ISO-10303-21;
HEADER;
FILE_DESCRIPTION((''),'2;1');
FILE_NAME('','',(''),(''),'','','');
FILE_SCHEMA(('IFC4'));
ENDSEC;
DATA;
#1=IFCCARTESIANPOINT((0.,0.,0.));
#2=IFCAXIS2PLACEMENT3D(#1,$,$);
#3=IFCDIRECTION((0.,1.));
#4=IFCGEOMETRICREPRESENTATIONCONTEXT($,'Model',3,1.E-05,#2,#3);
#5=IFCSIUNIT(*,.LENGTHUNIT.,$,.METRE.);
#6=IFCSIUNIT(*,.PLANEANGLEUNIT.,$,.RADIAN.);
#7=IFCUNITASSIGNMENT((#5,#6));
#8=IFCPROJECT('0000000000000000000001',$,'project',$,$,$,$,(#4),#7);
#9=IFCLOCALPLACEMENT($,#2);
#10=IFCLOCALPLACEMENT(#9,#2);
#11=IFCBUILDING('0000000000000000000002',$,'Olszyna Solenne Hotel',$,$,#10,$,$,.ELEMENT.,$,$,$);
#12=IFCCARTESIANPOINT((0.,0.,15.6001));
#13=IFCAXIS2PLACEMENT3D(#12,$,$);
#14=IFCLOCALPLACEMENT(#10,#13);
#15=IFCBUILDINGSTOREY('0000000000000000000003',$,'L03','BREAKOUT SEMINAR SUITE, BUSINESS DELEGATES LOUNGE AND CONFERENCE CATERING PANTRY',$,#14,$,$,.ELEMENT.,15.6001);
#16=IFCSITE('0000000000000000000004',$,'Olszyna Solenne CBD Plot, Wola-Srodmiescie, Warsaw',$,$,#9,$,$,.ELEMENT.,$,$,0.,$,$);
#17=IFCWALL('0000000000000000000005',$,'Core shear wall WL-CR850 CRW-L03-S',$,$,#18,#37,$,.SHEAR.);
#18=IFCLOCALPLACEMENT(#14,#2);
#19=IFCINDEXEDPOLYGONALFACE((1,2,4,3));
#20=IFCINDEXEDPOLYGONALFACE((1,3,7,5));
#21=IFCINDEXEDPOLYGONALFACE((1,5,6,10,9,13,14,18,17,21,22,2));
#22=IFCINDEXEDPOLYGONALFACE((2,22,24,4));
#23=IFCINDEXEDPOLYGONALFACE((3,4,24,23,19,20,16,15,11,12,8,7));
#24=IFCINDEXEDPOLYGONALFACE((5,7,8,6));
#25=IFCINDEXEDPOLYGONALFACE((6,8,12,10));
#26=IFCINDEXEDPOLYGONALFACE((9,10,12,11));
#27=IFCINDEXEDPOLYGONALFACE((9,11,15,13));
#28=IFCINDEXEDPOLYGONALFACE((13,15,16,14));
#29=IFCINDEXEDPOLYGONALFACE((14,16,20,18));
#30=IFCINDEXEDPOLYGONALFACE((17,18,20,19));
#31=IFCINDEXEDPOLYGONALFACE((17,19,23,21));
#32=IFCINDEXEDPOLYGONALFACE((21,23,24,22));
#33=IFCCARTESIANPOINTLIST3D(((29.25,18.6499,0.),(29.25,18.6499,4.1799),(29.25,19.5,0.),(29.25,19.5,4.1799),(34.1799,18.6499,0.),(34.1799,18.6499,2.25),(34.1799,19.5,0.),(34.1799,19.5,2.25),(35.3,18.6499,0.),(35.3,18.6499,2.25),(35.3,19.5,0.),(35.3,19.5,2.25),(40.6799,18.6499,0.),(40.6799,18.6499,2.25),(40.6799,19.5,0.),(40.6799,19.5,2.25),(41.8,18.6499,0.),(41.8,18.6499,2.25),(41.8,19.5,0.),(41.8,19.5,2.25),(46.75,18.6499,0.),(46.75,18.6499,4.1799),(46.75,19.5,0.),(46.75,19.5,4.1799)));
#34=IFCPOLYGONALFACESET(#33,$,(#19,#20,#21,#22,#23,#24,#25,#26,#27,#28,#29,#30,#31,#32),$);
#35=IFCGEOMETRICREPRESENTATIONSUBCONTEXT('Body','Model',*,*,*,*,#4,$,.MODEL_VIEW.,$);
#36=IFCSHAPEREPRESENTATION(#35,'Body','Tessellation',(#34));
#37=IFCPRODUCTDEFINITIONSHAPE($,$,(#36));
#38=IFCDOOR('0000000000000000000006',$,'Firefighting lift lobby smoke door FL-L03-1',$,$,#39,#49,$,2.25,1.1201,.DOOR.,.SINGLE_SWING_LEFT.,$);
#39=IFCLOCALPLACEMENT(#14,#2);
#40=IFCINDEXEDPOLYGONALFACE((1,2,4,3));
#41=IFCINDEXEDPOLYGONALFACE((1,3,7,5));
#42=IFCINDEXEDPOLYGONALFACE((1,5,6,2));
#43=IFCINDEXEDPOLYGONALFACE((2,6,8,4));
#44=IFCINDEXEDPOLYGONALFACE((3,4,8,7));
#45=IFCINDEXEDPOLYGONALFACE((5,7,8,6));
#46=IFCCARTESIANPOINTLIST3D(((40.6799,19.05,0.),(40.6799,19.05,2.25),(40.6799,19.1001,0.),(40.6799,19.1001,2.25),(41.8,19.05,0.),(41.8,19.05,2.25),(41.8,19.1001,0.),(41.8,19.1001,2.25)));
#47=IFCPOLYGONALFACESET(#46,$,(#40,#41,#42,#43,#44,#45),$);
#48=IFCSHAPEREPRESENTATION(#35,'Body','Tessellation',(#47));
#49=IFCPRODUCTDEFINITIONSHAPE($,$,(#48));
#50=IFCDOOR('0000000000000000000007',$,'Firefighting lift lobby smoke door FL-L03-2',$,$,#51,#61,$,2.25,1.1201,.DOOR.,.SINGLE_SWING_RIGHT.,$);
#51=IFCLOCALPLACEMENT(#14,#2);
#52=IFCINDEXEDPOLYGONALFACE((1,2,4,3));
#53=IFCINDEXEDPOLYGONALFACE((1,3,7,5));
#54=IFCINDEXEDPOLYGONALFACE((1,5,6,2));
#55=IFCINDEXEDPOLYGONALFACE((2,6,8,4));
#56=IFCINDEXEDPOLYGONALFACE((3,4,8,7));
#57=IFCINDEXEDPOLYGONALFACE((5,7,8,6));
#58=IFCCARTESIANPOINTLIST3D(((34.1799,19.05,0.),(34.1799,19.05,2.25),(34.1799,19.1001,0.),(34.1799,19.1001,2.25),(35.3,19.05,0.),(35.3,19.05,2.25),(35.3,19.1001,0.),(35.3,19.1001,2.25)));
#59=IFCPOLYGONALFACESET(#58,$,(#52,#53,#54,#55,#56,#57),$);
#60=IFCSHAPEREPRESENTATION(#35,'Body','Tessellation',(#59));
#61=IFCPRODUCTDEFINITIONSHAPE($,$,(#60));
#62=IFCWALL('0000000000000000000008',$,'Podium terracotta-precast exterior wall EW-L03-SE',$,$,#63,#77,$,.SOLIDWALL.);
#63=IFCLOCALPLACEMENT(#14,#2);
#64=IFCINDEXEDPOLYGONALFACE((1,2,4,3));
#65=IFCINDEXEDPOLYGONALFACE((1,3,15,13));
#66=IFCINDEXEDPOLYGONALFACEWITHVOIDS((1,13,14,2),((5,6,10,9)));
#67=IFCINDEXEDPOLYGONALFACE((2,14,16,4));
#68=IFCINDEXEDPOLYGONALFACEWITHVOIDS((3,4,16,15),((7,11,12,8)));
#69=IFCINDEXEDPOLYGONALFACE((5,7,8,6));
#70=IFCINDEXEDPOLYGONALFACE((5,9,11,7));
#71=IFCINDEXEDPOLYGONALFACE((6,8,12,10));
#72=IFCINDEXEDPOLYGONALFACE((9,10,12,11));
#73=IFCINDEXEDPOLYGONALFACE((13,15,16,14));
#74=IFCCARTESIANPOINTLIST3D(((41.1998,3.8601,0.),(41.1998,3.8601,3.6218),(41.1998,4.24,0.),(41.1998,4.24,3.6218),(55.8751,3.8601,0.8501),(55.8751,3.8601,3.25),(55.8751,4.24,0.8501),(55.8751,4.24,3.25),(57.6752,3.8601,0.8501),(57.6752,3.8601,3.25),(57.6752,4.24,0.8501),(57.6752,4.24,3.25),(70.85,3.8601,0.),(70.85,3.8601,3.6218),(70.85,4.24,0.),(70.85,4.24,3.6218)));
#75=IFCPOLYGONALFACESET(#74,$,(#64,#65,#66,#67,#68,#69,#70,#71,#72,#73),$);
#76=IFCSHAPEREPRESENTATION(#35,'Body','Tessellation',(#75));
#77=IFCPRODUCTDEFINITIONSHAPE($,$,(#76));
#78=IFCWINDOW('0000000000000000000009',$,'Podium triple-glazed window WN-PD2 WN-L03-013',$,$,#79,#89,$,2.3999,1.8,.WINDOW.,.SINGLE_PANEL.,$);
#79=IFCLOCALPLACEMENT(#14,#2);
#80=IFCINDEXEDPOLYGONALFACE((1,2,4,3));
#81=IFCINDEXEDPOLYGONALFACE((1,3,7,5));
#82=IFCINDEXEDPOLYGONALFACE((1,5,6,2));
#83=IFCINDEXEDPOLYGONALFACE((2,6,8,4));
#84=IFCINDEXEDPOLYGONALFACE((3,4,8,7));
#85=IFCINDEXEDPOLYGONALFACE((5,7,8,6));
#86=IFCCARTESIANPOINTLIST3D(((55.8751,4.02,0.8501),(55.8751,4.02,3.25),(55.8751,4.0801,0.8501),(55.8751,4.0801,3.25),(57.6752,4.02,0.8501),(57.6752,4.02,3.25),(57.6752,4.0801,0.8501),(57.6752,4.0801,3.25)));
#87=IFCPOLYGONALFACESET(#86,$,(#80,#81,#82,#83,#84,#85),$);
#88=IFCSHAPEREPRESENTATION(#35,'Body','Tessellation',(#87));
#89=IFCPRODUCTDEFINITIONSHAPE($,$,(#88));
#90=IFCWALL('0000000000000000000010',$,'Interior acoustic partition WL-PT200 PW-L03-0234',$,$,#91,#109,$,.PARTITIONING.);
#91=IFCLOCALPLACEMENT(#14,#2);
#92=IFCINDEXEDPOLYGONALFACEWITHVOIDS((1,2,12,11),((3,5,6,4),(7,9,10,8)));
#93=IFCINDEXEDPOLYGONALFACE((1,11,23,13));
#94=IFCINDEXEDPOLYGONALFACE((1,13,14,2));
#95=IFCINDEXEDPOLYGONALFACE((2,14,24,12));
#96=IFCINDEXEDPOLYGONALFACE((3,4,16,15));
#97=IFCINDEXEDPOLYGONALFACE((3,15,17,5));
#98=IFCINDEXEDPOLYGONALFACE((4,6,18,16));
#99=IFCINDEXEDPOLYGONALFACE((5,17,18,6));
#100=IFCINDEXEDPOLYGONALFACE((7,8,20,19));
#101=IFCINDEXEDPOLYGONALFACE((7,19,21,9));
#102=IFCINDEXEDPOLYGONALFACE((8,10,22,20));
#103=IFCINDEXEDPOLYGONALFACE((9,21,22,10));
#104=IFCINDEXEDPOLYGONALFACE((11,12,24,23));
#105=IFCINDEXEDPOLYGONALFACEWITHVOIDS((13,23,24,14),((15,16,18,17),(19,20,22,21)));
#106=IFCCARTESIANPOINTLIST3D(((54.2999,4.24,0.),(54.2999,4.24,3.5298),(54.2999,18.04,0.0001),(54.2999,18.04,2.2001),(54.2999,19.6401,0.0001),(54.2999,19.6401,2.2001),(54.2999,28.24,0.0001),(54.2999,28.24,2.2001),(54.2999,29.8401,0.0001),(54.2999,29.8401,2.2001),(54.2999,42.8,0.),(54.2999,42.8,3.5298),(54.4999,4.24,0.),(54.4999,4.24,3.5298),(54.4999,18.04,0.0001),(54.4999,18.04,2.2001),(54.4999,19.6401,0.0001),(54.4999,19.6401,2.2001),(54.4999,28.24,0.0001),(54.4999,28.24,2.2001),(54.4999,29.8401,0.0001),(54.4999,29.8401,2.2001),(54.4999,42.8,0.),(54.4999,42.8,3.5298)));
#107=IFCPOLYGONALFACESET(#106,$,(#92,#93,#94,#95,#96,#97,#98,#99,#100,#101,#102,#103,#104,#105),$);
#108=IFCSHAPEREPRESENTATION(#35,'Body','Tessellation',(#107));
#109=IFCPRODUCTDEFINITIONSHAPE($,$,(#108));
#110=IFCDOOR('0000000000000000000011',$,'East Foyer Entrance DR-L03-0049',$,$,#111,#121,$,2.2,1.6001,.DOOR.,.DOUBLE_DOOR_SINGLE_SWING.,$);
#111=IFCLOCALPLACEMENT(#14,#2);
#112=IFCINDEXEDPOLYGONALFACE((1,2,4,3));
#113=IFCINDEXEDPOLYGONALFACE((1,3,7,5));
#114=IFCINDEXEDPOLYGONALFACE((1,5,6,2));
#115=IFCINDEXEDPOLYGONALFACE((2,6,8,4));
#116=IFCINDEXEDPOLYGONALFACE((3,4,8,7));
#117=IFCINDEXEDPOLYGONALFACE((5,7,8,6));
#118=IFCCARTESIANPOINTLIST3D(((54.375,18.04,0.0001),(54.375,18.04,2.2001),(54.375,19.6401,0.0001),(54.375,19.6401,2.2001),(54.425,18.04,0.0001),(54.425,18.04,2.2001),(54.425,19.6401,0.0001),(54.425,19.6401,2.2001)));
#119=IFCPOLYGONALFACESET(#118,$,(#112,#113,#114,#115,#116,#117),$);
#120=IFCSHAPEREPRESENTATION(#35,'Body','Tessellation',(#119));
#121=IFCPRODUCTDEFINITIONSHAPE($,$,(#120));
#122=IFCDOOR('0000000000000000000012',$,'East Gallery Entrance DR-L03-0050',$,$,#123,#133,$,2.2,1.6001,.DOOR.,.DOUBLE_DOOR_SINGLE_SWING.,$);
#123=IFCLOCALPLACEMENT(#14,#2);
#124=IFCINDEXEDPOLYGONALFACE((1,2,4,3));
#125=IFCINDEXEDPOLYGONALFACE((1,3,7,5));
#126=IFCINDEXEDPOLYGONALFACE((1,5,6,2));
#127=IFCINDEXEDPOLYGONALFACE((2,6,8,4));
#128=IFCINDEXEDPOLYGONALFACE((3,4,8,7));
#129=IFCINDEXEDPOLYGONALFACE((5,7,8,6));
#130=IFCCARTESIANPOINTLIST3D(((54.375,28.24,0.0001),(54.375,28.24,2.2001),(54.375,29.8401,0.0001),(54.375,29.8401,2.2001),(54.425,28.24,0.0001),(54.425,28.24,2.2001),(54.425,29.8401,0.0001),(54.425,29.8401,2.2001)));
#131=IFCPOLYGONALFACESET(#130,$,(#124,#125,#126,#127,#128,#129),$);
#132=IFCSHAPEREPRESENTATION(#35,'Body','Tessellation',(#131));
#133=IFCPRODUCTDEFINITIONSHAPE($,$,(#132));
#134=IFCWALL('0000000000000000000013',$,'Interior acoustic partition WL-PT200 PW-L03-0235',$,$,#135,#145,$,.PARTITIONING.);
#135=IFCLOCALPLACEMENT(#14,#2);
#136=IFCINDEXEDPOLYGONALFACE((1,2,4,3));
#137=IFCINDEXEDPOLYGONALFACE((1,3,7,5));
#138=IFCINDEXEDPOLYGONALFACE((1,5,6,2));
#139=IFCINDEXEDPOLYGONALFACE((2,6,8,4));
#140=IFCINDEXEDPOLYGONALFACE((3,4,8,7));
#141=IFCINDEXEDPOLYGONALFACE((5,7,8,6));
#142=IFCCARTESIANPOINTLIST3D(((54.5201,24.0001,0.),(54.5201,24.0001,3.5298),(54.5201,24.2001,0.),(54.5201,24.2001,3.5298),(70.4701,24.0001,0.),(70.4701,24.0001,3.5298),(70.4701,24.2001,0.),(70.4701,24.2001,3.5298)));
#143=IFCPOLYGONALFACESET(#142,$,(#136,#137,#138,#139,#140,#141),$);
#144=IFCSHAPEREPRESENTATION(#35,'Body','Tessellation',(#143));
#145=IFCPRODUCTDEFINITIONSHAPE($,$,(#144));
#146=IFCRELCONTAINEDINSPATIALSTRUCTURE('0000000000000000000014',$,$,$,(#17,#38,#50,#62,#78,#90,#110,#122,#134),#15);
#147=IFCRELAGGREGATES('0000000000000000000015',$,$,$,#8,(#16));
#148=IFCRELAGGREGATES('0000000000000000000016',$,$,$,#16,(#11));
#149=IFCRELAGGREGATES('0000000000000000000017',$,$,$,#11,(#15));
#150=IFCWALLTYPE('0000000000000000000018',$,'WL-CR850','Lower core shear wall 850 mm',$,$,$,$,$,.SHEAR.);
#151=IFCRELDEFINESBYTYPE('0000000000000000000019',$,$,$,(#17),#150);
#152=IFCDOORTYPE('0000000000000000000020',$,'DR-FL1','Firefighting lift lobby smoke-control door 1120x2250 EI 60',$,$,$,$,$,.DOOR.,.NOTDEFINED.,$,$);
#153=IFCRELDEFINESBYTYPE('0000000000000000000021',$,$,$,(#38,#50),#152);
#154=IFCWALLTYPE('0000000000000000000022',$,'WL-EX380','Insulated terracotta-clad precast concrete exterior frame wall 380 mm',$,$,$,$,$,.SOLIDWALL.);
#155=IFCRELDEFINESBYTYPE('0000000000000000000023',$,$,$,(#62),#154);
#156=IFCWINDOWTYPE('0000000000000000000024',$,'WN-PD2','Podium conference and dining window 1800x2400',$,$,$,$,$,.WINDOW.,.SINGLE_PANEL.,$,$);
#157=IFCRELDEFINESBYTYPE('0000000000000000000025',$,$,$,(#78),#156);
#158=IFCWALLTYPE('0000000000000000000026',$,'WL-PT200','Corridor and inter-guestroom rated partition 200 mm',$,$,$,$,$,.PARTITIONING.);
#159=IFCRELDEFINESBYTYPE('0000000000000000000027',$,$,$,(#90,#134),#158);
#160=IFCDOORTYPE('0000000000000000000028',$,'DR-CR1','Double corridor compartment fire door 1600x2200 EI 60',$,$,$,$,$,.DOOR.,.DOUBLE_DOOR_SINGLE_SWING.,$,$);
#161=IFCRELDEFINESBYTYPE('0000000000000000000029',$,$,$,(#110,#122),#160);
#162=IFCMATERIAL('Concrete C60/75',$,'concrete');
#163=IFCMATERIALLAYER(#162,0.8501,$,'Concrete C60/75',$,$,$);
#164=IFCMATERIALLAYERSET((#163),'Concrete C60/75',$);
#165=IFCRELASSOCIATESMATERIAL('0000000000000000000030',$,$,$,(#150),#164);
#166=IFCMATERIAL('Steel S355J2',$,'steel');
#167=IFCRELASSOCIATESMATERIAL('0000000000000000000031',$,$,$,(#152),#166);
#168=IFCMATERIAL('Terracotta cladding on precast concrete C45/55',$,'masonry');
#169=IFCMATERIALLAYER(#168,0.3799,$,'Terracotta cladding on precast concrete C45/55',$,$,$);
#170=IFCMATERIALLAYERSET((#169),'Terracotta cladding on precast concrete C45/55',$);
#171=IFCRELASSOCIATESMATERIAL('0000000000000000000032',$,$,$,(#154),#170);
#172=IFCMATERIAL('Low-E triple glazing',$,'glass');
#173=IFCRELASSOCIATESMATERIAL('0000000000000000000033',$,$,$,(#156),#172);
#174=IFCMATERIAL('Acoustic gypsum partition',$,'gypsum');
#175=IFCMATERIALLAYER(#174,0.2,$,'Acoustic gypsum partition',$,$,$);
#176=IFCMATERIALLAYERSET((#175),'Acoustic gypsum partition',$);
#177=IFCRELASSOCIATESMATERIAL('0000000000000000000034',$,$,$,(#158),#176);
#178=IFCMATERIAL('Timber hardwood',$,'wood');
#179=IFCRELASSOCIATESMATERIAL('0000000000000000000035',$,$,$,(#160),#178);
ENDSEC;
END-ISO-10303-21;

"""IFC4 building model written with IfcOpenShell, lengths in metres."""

from ifc_helpers import new_model, si_unit, direction, frame, frame_2d, origin, place, context, subcontext, project, spatial, rectangle, extrude, source, transform, mapped, material, layer, layer_set, type_object, type_shapes, element, fill, save


model = new_model("IFC4")

# Units and contexts
model_context = context("Model", 3, precision=1e-05, world=origin(), true_north=direction((0.0, 1.0)))
body_context = subcontext(model_context, "Body", "Model", "MODEL_VIEW")
ifc_project = project(units=[si_unit("LENGTHUNIT", "METRE"), si_unit("PLANEANGLEUNIT", "RADIAN")], contexts=[model_context])

# Site, building, storey
site_placement = place(None, origin())
site = spatial("IfcSite", under=ifc_project, at=site_placement, Name="Olszyna Solenne CBD Plot, Wola-Srodmiescie, Warsaw", CompositionType="ELEMENT", RefElevation=0.0)
building_placement = place(site_placement, origin())
building = spatial("IfcBuilding", under=site, at=building_placement, Name="Olszyna Solenne Hotel", CompositionType="ELEMENT")
storey_placement = place(building_placement, frame((0.0, 0.0, 15.6001)))
storey = spatial("IfcBuildingStorey", under=building, at=storey_placement, Name="L03", Description="BREAKOUT SEMINAR SUITE, BUSINESS DELEGATES LOUNGE AND CONFERENCE CATERING PANTRY", CompositionType="ELEMENT", Elevation=15.6001)

# Shared definitions
ifc_material_1 = material(Name="Concrete C60/75", Category="concrete")

# Shared definitions
ifc_material_2 = material(Name="Steel S355J2", Category="steel")

# Wall, openings, doors
ifc_layer_1 = layer(ifc_material_1, 0.8501, Name="Concrete C60/75")
ifc_layer_set_1 = layer_set([ifc_layer_1], Name="Concrete C60/75")
wall_type_1 = type_object("IfcWallType", Name="WL-CR850", Description="Lower core shear wall 850 mm", PredefinedType="SHEAR", material=ifc_layer_set_1)
wall_1_placement = place(storey_placement, frame((46.75, 19.075, 0.0), z_axis=(0.0, 0.0, 1.0), x_axis=(-1.0, 0.0, 0.0)))
wall_1 = element("IfcWall", 1, at=wall_1_placement, inside=storey, type_object=wall_type_1, Name="Core shear wall WL-CR850 CRW-L03-S", PredefinedType="SHEAR", context=body_context, shape_type="SweptSolid", body=[
    extrude(rectangle(XDim=17.5, YDim=0.8501, at=frame_2d((8.75, 0.0))), origin(), (0.0, 0.0, 1.0), 4.1799),
])
opening_1_placement = place(wall_1_placement, frame((4.95, 0.0, 0.0)))
opening_1 = element("IfcOpeningElement", 2, at=opening_1_placement, cuts=wall_1, PredefinedType="OPENING", context=body_context, shape_type="SweptSolid", body=[
    extrude(rectangle(XDim=1.1201, YDim=2.25, at=frame_2d((0.5601, 1.125))), frame((0.0, 0.4351, 0.0), z_axis=(0.0, -1.0, 0.0), x_axis=(1.0, 0.0, 0.0)), (0.0, 0.0, 1.0), 0.8701),
])
opening_2_placement = place(wall_1_placement, frame((11.45, 0.0, 0.0)))
opening_2 = element("IfcOpeningElement", 3, at=opening_2_placement, cuts=wall_1, PredefinedType="OPENING", context=body_context, shape_type="SweptSolid", body=[
    extrude(rectangle(XDim=1.1201, YDim=2.25, at=frame_2d((0.5601, 1.125))), frame((0.0, 0.4351, 0.0), z_axis=(0.0, -1.0, 0.0), x_axis=(1.0, 0.0, 0.0)), (0.0, 0.0, 1.0), 0.8701),
])
door_type_1 = type_object("IfcDoorType", Name="DR-FL1", Description="Firefighting lift lobby smoke-control door 1120x2250 EI 60", OperationType="NOTDEFINED", PredefinedType="DOOR", material=ifc_material_2)
shared_shape_1 = source(origin(), body_context, "Body", "SweptSolid", [
    extrude(rectangle(XDim=1.1201, YDim=2.25, at=frame_2d((0.5601, 1.125))), frame((0.0, 0.0249, 0.0), z_axis=(0.0, -1.0, 0.0), x_axis=(1.0, 0.0, 0.0)), (0.0, 0.0, 1.0), 0.05),
])
type_shapes(door_type_1, [shared_shape_1])
door_1_placement = place(opening_1_placement, origin())
door_1 = element("IfcDoor", 4, at=door_1_placement, inside=storey, type_object=door_type_1, Name="Firefighting lift lobby smoke door FL-L03-1", OperationType="SINGLE_SWING_LEFT", OverallHeight=2.25, OverallWidth=1.1201, PredefinedType="DOOR", context=body_context, shape_type="MappedRepresentation", body=[
    mapped(shared_shape_1, transform((0.0, 0.0, 0.0), x_axis=(1.0, 0.0, 0.0), y_axis=(0.0, 1.0, 0.0), z_axis=(0.0, 0.0, 1.0), scale=1.0)),
])
fill(opening_1, door_1)
door_2_placement = place(opening_2_placement, origin())
door_2 = element("IfcDoor", 5, at=door_2_placement, inside=storey, type_object=door_type_1, Name="Firefighting lift lobby smoke door FL-L03-2", OperationType="SINGLE_SWING_RIGHT", OverallHeight=2.25, OverallWidth=1.1201, PredefinedType="DOOR", context=body_context, shape_type="MappedRepresentation", body=[
    mapped(shared_shape_1, transform((0.0, 0.0, 0.0), x_axis=(1.0, 0.0, 0.0), y_axis=(0.0, 1.0, 0.0), z_axis=(0.0, 0.0, 1.0), scale=1.0)),
])
fill(opening_2, door_2)

# Wall, opening, window
ifc_material_3 = material(Name="Terracotta cladding on precast concrete C45/55", Category="masonry")
ifc_layer_2 = layer(ifc_material_3, 0.3799, Name="Terracotta cladding on precast concrete C45/55")
ifc_layer_set_2 = layer_set([ifc_layer_2], Name="Terracotta cladding on precast concrete C45/55")
wall_type_2 = type_object("IfcWallType", Name="WL-EX380", Description="Insulated terracotta-clad precast concrete exterior frame wall 380 mm", PredefinedType="SOLIDWALL", material=ifc_layer_set_2)
wall_2_placement = place(storey_placement, frame((70.8501, 4.05, 0.0), z_axis=(0.0, 0.0, 1.0), x_axis=(-1.0, 0.0, 0.0)))
wall_2 = element("IfcWall", 6, at=wall_2_placement, inside=storey, type_object=wall_type_2, Name="Podium terracotta-precast exterior wall EW-L03-SE", PredefinedType="SOLIDWALL", context=body_context, shape_type="SweptSolid", body=[
    extrude(rectangle(XDim=29.6501, YDim=0.3799, at=frame_2d((14.8252, 0.0))), origin(), (0.0, 0.0, 1.0), 3.6218),
])
opening_3_placement = place(wall_2_placement, frame((13.175, 0.0, 0.8501)))
opening_3 = element("IfcOpeningElement", 7, at=opening_3_placement, cuts=wall_2, PredefinedType="OPENING", context=body_context, shape_type="SweptSolid", body=[
    extrude(rectangle(XDim=1.8, YDim=2.3999, at=frame_2d((0.8999, 1.2))), frame((0.0, 0.2, 0.0), z_axis=(0.0, -1.0, 0.0), x_axis=(1.0, 0.0, 0.0)), (0.0, 0.0, 1.0), 0.3999),
])
ifc_material_4 = material(Name="Low-E triple glazing", Category="glass")
window_type = type_object("IfcWindowType", Name="WN-PD2", Description="Podium conference and dining window 1800x2400", PartitioningType="SINGLE_PANEL", PredefinedType="WINDOW", material=ifc_material_4)
shared_shape_2 = source(origin(), body_context, "Body", "SweptSolid", [
    extrude(rectangle(XDim=1.8, YDim=2.3999, at=frame_2d((0.8999, 1.2))), frame((0.0, 0.03, 0.0), z_axis=(0.0, -1.0, 0.0), x_axis=(1.0, 0.0, 0.0)), (0.0, 0.0, 1.0), 0.0601),
])
type_shapes(window_type, [shared_shape_2])
window_placement = place(opening_3_placement, origin())
window = element("IfcWindow", 8, at=window_placement, inside=storey, type_object=window_type, Name="Podium triple-glazed window WN-PD2 WN-L03-013", OverallHeight=2.3999, OverallWidth=1.8, PartitioningType="SINGLE_PANEL", PredefinedType="WINDOW", context=body_context, shape_type="MappedRepresentation", body=[
    mapped(shared_shape_2, transform((0.0, 0.0, 0.0), x_axis=(1.0, 0.0, 0.0), y_axis=(0.0, 1.0, 0.0), z_axis=(0.0, 0.0, 1.0), scale=1.0)),
])
fill(opening_3, window)

# Wall, openings, doors
ifc_material_5 = material(Name="Acoustic gypsum partition", Category="gypsum")
ifc_layer_3 = layer(ifc_material_5, 0.2, Name="Acoustic gypsum partition")
ifc_layer_set_3 = layer_set([ifc_layer_3], Name="Acoustic gypsum partition")
wall_type_3 = type_object("IfcWallType", Name="WL-PT200", Description="Corridor and inter-guestroom rated partition 200 mm", PredefinedType="PARTITIONING", material=ifc_layer_set_3)
wall_3_placement = place(storey_placement, frame((54.3999, 4.24, 0.0), z_axis=(0.0, 0.0, 1.0), x_axis=(0.0, 1.0, 0.0)))
wall_3 = element("IfcWall", 9, at=wall_3_placement, inside=storey, type_object=wall_type_3, Name="Interior acoustic partition WL-PT200 PW-L03-0234", PredefinedType="PARTITIONING", context=body_context, shape_type="SweptSolid", body=[
    extrude(rectangle(XDim=38.5601, YDim=0.2, at=frame_2d((19.28, 0.0))), origin(), (0.0, 0.0, 1.0), 3.5298),
])
opening_4_placement = place(wall_3_placement, frame((13.8, 0.0, 0.0)))
opening_4 = element("IfcOpeningElement", 10, at=opening_4_placement, cuts=wall_3, PredefinedType="OPENING", context=body_context, shape_type="SweptSolid", body=[
    extrude(rectangle(XDim=1.6001, YDim=2.2, at=frame_2d((0.8, 1.1001))), frame((0.0, 0.1099, 0.0), z_axis=(0.0, -1.0, 0.0), x_axis=(1.0, 0.0, 0.0)), (0.0, 0.0, 1.0), 0.22),
])
opening_5_placement = place(wall_3_placement, frame((24.0, 0.0, 0.0)))
opening_5 = element("IfcOpeningElement", 11, at=opening_5_placement, cuts=wall_3, PredefinedType="OPENING", context=body_context, shape_type="SweptSolid", body=[
    extrude(rectangle(XDim=1.6001, YDim=2.2, at=frame_2d((0.8, 1.1001))), frame((0.0, 0.1099, 0.0), z_axis=(0.0, -1.0, 0.0), x_axis=(1.0, 0.0, 0.0)), (0.0, 0.0, 1.0), 0.22),
])
ifc_material_6 = material(Name="Timber hardwood", Category="wood")
door_type_2 = type_object("IfcDoorType", Name="DR-CR1", Description="Double corridor compartment fire door 1600x2200 EI 60", OperationType="DOUBLE_DOOR_SINGLE_SWING", PredefinedType="DOOR", material=ifc_material_6)
shared_shape_3 = source(origin(), body_context, "Body", "SweptSolid", [
    extrude(rectangle(XDim=1.6001, YDim=2.2, at=frame_2d((0.8, 1.1001))), frame((0.0, 0.0249, 0.0), z_axis=(0.0, -1.0, 0.0), x_axis=(1.0, 0.0, 0.0)), (0.0, 0.0, 1.0), 0.05),
])
type_shapes(door_type_2, [shared_shape_3])
door_3_placement = place(opening_4_placement, origin())
door_3 = element("IfcDoor", 12, at=door_3_placement, inside=storey, type_object=door_type_2, Name="East Foyer Entrance DR-L03-0049", OperationType="DOUBLE_DOOR_SINGLE_SWING", OverallHeight=2.2, OverallWidth=1.6001, PredefinedType="DOOR", context=body_context, shape_type="MappedRepresentation", body=[
    mapped(shared_shape_3, transform((0.0, 0.0, 0.0), x_axis=(1.0, 0.0, 0.0), y_axis=(0.0, 1.0, 0.0), z_axis=(0.0, 0.0, 1.0), scale=1.0)),
])
fill(opening_4, door_3)
door_4_placement = place(opening_5_placement, origin())
door_4 = element("IfcDoor", 13, at=door_4_placement, inside=storey, type_object=door_type_2, Name="East Gallery Entrance DR-L03-0050", OperationType="DOUBLE_DOOR_SINGLE_SWING", OverallHeight=2.2, OverallWidth=1.6001, PredefinedType="DOOR", context=body_context, shape_type="MappedRepresentation", body=[
    mapped(shared_shape_3, transform((0.0, 0.0, 0.0), x_axis=(1.0, 0.0, 0.0), y_axis=(0.0, 1.0, 0.0), z_axis=(0.0, 0.0, 1.0), scale=1.0)),
])
fill(opening_5, door_4)

# Wall
wall_4_placement = place(storey_placement, frame((54.52, 24.1001, 0.0), z_axis=(0.0, 0.0, 1.0), x_axis=(1.0, 0.0, 0.0)))
element("IfcWall", 14, at=wall_4_placement, inside=storey, type_object=wall_type_3, Name="Interior acoustic partition WL-PT200 PW-L03-0235", PredefinedType="PARTITIONING", context=body_context, shape_type="SweptSolid", body=[
    extrude(rectangle(XDim=15.95, YDim=0.2, at=frame_2d((7.9751, 0.0))), origin(), (0.0, 0.0, 1.0), 3.5298),
])

save(model, "model.ifc")
